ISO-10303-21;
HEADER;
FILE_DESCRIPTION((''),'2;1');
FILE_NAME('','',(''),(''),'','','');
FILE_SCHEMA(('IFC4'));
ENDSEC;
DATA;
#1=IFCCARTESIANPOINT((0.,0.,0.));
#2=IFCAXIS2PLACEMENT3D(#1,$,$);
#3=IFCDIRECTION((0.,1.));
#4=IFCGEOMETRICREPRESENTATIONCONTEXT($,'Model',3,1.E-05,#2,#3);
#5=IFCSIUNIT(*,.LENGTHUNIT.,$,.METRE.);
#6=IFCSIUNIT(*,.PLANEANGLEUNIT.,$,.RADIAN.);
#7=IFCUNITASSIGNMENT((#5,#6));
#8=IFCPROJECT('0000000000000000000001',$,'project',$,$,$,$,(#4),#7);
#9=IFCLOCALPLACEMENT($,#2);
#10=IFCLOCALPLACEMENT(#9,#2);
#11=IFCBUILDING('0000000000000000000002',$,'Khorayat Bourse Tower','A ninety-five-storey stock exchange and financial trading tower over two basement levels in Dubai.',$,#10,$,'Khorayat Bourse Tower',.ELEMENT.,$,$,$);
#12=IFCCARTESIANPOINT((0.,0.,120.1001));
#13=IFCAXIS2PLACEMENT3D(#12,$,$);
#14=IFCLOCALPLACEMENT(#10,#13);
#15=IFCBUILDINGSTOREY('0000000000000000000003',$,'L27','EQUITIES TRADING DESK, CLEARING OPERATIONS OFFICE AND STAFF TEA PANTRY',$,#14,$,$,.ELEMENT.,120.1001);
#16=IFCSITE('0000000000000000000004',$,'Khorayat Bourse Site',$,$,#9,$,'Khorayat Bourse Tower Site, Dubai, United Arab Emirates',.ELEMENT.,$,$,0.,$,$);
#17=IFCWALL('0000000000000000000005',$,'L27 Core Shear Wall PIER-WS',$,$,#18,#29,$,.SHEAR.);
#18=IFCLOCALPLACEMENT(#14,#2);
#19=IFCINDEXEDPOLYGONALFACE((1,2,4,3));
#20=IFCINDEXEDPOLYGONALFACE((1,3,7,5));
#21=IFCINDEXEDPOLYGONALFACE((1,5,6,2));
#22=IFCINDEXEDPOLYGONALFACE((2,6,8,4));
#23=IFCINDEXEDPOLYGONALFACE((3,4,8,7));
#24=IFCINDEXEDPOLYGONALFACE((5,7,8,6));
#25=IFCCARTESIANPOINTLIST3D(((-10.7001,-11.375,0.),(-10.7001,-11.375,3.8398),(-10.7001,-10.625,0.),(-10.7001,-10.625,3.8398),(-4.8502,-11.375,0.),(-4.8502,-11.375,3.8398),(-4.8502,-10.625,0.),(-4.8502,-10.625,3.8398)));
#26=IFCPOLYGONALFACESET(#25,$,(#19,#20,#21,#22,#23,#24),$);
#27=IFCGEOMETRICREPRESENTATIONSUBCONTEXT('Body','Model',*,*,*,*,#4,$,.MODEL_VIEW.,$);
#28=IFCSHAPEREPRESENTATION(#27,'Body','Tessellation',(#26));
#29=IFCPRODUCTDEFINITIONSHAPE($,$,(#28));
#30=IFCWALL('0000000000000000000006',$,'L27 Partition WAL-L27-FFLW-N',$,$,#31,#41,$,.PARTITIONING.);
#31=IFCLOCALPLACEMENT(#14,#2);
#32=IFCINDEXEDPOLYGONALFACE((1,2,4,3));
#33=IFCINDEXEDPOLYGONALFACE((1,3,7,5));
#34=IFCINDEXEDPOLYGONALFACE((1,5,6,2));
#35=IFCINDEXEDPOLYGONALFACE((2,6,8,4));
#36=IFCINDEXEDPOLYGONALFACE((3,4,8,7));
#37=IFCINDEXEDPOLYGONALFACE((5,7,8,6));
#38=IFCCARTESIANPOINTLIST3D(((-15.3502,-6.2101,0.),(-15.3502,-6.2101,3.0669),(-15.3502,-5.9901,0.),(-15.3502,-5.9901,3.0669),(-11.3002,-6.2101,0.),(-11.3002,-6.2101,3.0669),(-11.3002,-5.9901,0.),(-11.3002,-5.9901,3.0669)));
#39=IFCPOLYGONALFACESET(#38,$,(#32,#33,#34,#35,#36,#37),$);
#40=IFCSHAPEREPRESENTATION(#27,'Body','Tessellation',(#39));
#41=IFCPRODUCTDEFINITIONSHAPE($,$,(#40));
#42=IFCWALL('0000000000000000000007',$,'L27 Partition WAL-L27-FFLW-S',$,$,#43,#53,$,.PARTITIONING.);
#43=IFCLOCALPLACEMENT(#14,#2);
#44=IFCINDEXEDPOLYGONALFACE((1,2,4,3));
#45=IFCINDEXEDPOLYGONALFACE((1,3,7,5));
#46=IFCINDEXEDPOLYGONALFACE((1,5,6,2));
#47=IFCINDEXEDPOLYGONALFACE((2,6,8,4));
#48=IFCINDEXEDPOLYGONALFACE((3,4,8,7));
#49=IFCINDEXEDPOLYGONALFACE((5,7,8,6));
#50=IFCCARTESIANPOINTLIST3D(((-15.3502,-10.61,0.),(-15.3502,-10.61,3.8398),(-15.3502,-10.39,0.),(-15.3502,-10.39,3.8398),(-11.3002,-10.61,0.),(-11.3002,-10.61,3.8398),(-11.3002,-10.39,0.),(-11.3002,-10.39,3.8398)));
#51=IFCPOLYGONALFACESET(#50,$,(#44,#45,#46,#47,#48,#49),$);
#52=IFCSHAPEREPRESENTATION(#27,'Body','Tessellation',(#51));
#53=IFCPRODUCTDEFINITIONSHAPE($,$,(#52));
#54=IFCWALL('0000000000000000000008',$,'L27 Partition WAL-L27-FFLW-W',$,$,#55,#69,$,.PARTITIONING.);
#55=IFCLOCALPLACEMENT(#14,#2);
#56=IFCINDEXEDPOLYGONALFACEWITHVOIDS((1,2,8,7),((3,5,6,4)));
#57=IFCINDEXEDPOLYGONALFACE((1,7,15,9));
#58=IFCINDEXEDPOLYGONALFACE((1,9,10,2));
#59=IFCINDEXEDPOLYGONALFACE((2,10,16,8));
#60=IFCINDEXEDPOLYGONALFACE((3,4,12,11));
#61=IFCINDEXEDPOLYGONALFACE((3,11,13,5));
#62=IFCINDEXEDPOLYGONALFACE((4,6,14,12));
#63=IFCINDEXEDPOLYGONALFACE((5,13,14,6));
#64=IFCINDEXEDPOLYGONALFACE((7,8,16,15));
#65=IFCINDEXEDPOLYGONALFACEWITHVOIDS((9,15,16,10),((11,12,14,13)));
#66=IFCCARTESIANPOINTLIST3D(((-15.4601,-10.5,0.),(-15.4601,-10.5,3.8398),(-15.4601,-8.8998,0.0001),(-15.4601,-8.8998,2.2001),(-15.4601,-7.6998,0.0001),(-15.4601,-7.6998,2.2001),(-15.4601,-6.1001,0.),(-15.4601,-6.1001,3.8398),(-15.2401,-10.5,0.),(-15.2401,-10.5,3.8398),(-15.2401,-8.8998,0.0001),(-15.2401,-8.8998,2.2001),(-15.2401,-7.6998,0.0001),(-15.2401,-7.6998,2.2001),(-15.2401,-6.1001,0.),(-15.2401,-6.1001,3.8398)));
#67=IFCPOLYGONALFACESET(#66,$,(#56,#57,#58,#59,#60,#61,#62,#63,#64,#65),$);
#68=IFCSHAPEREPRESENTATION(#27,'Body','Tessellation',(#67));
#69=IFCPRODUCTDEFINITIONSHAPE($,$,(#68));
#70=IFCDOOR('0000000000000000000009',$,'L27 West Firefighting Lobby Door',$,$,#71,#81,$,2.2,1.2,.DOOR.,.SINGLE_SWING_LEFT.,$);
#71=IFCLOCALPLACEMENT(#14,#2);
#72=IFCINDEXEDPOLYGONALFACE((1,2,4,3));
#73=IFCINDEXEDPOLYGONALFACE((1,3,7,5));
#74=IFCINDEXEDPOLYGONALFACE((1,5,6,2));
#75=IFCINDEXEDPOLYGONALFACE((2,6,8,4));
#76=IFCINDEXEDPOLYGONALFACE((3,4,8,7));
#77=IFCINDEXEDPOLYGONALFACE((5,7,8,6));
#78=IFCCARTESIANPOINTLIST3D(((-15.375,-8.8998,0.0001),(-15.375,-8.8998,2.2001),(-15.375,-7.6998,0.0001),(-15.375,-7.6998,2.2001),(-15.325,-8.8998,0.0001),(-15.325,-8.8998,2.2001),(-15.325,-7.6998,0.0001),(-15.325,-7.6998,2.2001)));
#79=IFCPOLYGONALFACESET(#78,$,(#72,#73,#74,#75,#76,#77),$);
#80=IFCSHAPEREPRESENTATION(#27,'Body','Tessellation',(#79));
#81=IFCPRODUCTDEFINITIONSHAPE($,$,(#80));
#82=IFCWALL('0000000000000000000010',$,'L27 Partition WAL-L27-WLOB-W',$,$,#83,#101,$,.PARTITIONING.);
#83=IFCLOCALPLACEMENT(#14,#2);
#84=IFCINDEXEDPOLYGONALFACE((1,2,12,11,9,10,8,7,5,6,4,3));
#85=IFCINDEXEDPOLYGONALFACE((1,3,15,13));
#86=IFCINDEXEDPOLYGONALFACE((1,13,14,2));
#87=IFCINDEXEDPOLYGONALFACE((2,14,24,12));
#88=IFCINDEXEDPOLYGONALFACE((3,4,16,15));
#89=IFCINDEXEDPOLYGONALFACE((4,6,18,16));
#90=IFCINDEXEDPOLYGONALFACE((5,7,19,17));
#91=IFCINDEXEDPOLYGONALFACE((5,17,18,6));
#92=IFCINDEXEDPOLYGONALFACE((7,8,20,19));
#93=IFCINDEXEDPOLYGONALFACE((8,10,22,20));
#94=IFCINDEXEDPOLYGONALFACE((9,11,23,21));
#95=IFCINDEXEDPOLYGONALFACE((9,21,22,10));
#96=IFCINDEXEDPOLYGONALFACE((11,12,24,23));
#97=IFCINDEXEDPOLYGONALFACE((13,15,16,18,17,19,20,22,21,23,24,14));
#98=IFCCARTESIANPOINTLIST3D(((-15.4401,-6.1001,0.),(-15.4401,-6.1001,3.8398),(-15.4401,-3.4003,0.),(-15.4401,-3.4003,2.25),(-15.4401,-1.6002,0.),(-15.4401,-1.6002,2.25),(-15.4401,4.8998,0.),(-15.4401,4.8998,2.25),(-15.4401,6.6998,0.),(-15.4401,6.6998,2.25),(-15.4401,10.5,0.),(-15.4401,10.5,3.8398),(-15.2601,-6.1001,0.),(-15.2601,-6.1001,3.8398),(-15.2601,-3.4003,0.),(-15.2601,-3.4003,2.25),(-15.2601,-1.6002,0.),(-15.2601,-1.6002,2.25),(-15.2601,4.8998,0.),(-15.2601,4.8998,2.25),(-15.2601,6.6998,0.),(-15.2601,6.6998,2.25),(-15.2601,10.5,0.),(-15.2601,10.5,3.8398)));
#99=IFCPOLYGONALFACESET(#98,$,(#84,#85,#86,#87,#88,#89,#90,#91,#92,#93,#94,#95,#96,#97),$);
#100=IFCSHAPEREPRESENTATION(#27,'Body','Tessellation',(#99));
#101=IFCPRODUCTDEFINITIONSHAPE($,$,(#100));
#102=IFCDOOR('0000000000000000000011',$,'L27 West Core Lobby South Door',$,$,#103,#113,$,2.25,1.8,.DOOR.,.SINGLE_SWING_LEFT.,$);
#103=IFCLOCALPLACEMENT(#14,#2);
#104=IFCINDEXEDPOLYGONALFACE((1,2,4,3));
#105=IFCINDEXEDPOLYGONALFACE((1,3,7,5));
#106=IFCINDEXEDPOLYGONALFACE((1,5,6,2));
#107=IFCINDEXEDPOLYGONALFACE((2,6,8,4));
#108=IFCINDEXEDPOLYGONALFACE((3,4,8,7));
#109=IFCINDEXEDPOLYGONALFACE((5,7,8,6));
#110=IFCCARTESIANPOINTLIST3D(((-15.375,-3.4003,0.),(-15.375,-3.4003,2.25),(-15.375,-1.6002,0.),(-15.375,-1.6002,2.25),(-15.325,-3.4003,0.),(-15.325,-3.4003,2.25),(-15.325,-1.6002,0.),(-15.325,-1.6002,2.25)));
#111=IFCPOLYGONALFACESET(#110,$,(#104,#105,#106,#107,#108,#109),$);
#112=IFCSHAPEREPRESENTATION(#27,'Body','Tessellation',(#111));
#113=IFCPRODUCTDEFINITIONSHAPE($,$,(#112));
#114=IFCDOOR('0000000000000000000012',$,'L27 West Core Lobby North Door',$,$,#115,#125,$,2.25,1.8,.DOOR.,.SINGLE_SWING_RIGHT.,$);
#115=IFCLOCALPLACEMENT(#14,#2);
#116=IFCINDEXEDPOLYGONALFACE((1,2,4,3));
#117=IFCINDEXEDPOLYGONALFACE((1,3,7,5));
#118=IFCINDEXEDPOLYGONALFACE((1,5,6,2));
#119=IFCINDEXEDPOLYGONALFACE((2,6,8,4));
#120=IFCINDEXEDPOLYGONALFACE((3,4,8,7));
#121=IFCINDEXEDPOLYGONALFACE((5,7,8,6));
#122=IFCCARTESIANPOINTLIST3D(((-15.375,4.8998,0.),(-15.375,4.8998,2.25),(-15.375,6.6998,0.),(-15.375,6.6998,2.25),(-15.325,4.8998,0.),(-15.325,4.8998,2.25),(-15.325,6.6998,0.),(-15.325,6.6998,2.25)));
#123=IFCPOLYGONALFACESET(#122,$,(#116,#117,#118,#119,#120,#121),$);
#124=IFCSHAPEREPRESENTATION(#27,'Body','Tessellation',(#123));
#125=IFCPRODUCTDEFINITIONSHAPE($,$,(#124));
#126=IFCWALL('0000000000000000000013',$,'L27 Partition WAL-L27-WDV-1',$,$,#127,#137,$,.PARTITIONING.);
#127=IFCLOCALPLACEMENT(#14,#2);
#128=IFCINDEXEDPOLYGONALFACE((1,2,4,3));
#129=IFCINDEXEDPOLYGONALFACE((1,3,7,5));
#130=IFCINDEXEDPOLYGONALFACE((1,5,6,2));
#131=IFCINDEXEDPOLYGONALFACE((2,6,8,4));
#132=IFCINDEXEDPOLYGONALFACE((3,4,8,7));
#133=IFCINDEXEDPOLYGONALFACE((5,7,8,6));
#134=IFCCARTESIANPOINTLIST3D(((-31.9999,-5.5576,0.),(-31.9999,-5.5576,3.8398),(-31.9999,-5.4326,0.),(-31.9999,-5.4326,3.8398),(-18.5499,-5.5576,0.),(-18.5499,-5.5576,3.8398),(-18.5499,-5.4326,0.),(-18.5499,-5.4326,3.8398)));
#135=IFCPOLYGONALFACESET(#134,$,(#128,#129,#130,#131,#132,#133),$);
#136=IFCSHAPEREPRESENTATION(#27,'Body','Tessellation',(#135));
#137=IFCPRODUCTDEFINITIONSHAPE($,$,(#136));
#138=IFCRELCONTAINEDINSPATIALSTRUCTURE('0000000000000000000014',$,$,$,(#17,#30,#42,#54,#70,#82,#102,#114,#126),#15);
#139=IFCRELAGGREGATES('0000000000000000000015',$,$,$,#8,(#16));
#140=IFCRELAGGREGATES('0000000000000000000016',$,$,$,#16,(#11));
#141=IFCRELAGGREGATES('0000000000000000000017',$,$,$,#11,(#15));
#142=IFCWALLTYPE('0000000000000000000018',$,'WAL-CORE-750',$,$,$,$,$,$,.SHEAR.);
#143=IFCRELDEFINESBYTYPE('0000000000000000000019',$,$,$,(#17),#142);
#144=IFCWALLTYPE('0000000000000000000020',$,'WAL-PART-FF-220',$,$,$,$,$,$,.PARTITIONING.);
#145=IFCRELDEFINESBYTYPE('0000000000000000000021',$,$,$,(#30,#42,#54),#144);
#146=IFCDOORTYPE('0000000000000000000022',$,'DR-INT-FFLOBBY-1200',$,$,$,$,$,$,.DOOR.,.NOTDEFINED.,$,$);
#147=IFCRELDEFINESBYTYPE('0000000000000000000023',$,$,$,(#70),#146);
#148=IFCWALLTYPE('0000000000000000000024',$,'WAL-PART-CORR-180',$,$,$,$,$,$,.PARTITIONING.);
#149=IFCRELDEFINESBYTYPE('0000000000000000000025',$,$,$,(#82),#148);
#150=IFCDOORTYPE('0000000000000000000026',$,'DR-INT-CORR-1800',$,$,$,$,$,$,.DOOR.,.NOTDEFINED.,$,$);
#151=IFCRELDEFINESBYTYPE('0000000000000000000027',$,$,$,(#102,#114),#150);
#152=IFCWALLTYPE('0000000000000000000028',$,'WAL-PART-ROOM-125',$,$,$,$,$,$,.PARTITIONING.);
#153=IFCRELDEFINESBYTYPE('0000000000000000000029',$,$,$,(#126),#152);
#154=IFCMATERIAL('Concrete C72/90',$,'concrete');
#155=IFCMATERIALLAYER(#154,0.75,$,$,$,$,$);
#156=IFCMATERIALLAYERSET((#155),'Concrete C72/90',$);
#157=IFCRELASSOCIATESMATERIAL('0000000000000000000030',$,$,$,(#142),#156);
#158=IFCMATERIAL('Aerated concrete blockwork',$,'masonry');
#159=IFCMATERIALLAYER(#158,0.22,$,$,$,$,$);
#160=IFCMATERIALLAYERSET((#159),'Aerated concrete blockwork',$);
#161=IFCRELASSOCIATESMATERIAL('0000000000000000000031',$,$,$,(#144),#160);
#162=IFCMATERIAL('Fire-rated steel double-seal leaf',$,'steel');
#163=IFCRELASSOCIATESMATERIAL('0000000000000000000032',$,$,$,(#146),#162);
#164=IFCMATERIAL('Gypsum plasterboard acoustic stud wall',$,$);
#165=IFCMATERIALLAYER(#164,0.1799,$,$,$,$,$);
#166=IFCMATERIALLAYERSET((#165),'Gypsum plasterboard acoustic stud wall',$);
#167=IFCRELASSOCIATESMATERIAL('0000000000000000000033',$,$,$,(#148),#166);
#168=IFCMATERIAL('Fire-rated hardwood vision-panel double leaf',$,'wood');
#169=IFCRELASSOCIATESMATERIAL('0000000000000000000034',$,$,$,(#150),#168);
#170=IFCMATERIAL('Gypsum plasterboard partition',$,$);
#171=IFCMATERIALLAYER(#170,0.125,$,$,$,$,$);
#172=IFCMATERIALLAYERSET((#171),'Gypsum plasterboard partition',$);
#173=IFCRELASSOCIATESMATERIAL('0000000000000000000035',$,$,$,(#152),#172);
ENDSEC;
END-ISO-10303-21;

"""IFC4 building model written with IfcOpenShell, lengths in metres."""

from ifc_helpers import new_model, si_unit, direction, frame, frame_2d, origin, place, context, subcontext, project, spatial, rectangle, extrude, source, transform, mapped, material, layer, layer_set, type_object, element, fill, save


model = new_model("IFC4")

# Units and contexts
model_context = context("Model", 3, precision=1e-05, world=origin(), true_north=direction((0.0, 1.0)))
body_context = subcontext(model_context, "Body", "Model", "MODEL_VIEW")
ifc_project = project(units=[si_unit("LENGTHUNIT", "METRE"), si_unit("PLANEANGLEUNIT", "RADIAN")], contexts=[model_context])

# Site, building, storey
site_placement = place(None, origin())
site = spatial("IfcSite", under=ifc_project, at=site_placement, Name="Khorayat Bourse Site", LongName="Khorayat Bourse Tower Site, Dubai, United Arab Emirates", CompositionType="ELEMENT", RefElevation=0.0)
building_placement = place(site_placement, origin())
building = spatial("IfcBuilding", under=site, at=building_placement, Name="Khorayat Bourse Tower", Description="A ninety-five-storey stock exchange and financial trading tower over two basement levels in Dubai.", LongName="Khorayat Bourse Tower", CompositionType="ELEMENT")
storey_placement = place(building_placement, frame((0.0, 0.0, 120.1001)))
storey = spatial("IfcBuildingStorey", under=building, at=storey_placement, Name="L27", Description="EQUITIES TRADING DESK, CLEARING OPERATIONS OFFICE AND STAFF TEA PANTRY", CompositionType="ELEMENT", Elevation=120.1001)

# Shared definitions
ifc_material_1 = material(Name="Concrete C72/90", Category="concrete")

# Walls
ifc_layer_1 = layer(ifc_material_1, 0.75)
ifc_layer_set_1 = layer_set([ifc_layer_1], Name="Concrete C72/90")
wall_type_1 = type_object("IfcWallType", Name="WAL-CORE-750", PredefinedType="SHEAR", material=ifc_layer_set_1)
shared_shape_1 = source(origin(), body_context, "Body", "SweptSolid", [
    extrude(rectangle(XDim=5.8499, YDim=0.75, at=frame_2d((2.9248, 0.0))), origin(), (0.0, 0.0, 1.0), 3.8398),
])
wall_1_placement = place(storey_placement, frame((-10.7, -11.0, 0.0), z_axis=(0.0, 0.0, 1.0), x_axis=(1.0, 0.0, 0.0)))
element("IfcWall", 1, at=wall_1_placement, inside=storey, type_object=wall_type_1, Name="L27 Core Shear Wall PIER-WS", PredefinedType="SHEAR", context=body_context, shape_type="MappedRepresentation", body=[
    mapped(shared_shape_1, transform((0.0, 0.0, 0.0), scale=1.0)),
])
ifc_material_2 = material(Name="Aerated concrete blockwork", Category="masonry")
ifc_layer_2 = layer(ifc_material_2, 0.22)
ifc_layer_set_2 = layer_set([ifc_layer_2], Name="Aerated concrete blockwork")
wall_type_2 = type_object("IfcWallType", Name="WAL-PART-FF-220", PredefinedType="PARTITIONING", material=ifc_layer_set_2)
shared_shape_2 = source(origin(), body_context, "Body", "SweptSolid", [
    extrude(rectangle(XDim=4.05, YDim=0.22, at=frame_2d((2.0249, 0.0))), origin(), (0.0, 0.0, 1.0), 3.0669),
])
wall_2_placement = place(storey_placement, frame((-15.3501, -6.1001, 0.0), z_axis=(0.0, 0.0, 1.0), x_axis=(1.0, 0.0, 0.0)))
element("IfcWall", 2, at=wall_2_placement, inside=storey, type_object=wall_type_2, Name="L27 Partition WAL-L27-FFLW-N", PredefinedType="PARTITIONING", context=body_context, shape_type="MappedRepresentation", body=[
    mapped(shared_shape_2, transform((0.0, 0.0, 0.0), scale=1.0)),
])
shared_shape_3 = source(origin(), body_context, "Body", "SweptSolid", [
    extrude(rectangle(XDim=4.05, YDim=0.22, at=frame_2d((2.0249, 0.0))), origin(), (0.0, 0.0, 1.0), 3.8398),
])
wall_3_placement = place(storey_placement, frame((-15.3501, -10.5, 0.0), z_axis=(0.0, 0.0, 1.0), x_axis=(1.0, 0.0, 0.0)))
element("IfcWall", 3, at=wall_3_placement, inside=storey, type_object=wall_type_2, Name="L27 Partition WAL-L27-FFLW-S", PredefinedType="PARTITIONING", context=body_context, shape_type="MappedRepresentation", body=[
    mapped(shared_shape_3, transform((0.0, 0.0, 0.0), scale=1.0)),
])

# Wall, opening, door
shared_shape_4 = source(origin(), body_context, "Body", "SweptSolid", [
    extrude(rectangle(XDim=4.3999, YDim=0.22, at=frame_2d((2.2, 0.0))), origin(), (0.0, 0.0, 1.0), 3.8398),
])
wall_4_placement = place(storey_placement, frame((-15.3501, -10.5, 0.0), z_axis=(0.0, 0.0, 1.0), x_axis=(0.0, 1.0, 0.0)))
wall_4 = element("IfcWall", 4, at=wall_4_placement, inside=storey, type_object=wall_type_2, Name="L27 Partition WAL-L27-FFLW-W", PredefinedType="PARTITIONING", context=body_context, shape_type="MappedRepresentation", body=[
    mapped(shared_shape_4, transform((0.0, 0.0, 0.0), scale=1.0)),
])
shared_shape_5 = source(origin(), body_context, "Body", "SweptSolid", [
    extrude(rectangle(XDim=1.2, YDim=2.2, at=frame_2d((0.6001, 1.1001))), frame((0.0, 0.1199, 0.0), z_axis=(0.0, -1.0, 0.0), x_axis=(1.0, 0.0, 0.0)), (0.0, 0.0, 1.0), 0.24),
])
opening_1_placement = place(wall_4_placement, frame((1.6001, 0.0, 0.0)))
opening_1 = element("IfcOpeningElement", 5, at=opening_1_placement, cuts=wall_4, PredefinedType="OPENING", context=body_context, shape_type="MappedRepresentation", body=[
    mapped(shared_shape_5, transform((0.0, 0.0, 0.0), scale=1.0)),
])
ifc_material_3 = material(Name="Fire-rated steel double-seal leaf", Category="steel")
door_type_1 = type_object("IfcDoorType", Name="DR-INT-FFLOBBY-1200", OperationType="NOTDEFINED", PredefinedType="DOOR", material=ifc_material_3)
shared_shape_6 = source(origin(), body_context, "Body", "SweptSolid", [
    extrude(rectangle(XDim=1.2, YDim=2.2, at=frame_2d((0.6001, 1.1001))), frame((0.0, 0.0249, 0.0), z_axis=(0.0, -1.0, 0.0), x_axis=(1.0, 0.0, 0.0)), (0.0, 0.0, 1.0), 0.05),
])
door_1_placement = place(opening_1_placement, origin())
door_1 = element("IfcDoor", 6, at=door_1_placement, inside=storey, type_object=door_type_1, Name="L27 West Firefighting Lobby Door", OperationType="SINGLE_SWING_LEFT", OverallHeight=2.2, OverallWidth=1.2, PredefinedType="DOOR", context=body_context, shape_type="MappedRepresentation", body=[
    mapped(shared_shape_6, transform((0.0, 0.0, 0.0), scale=1.0)),
])
fill(opening_1, door_1)

# Wall, openings, doors
ifc_material_4 = material(Name="Gypsum plasterboard acoustic stud wall")
ifc_layer_3 = layer(ifc_material_4, 0.1799)
ifc_layer_set_3 = layer_set([ifc_layer_3], Name="Gypsum plasterboard acoustic stud wall")
wall_type_3 = type_object("IfcWallType", Name="WAL-PART-CORR-180", PredefinedType="PARTITIONING", material=ifc_layer_set_3)
shared_shape_7 = source(origin(), body_context, "Body", "SweptSolid", [
    extrude(rectangle(XDim=16.6001, YDim=0.1799, at=frame_2d((8.3, 0.0))), origin(), (0.0, 0.0, 1.0), 3.8398),
])
wall_5_placement = place(storey_placement, frame((-15.3501, -6.1001, 0.0), z_axis=(0.0, 0.0, 1.0), x_axis=(0.0, 1.0, 0.0)))
wall_5 = element("IfcWall", 7, at=wall_5_placement, inside=storey, type_object=wall_type_3, Name="L27 Partition WAL-L27-WLOB-W", PredefinedType="PARTITIONING", context=body_context, shape_type="MappedRepresentation", body=[
    mapped(shared_shape_7, transform((0.0, 0.0, 0.0), scale=1.0)),
])
shared_shape_8 = source(origin(), body_context, "Body", "SweptSolid", [
    extrude(rectangle(XDim=1.8, YDim=2.25, at=frame_2d((0.8999, 1.125))), frame((0.0, 0.0999, 0.0), z_axis=(0.0, -1.0, 0.0), x_axis=(1.0, 0.0, 0.0)), (0.0, 0.0, 1.0), 0.2),
])
opening_2_placement = place(wall_5_placement, frame((2.7, 0.0, 0.0)))
opening_2 = element("IfcOpeningElement", 8, at=opening_2_placement, cuts=wall_5, PredefinedType="OPENING", context=body_context, shape_type="MappedRepresentation", body=[
    mapped(shared_shape_8, transform((0.0, 0.0, 0.0), scale=1.0)),
])
opening_3_placement = place(wall_5_placement, frame((11.0, 0.0, 0.0)))
opening_3 = element("IfcOpeningElement", 9, at=opening_3_placement, cuts=wall_5, PredefinedType="OPENING", context=body_context, shape_type="MappedRepresentation", body=[
    mapped(shared_shape_8, transform((0.0, 0.0, 0.0), scale=1.0)),
])
ifc_material_5 = material(Name="Fire-rated hardwood vision-panel double leaf", Category="wood")
door_type_2 = type_object("IfcDoorType", Name="DR-INT-CORR-1800", OperationType="NOTDEFINED", PredefinedType="DOOR", material=ifc_material_5)
shared_shape_9 = source(origin(), body_context, "Body", "SweptSolid", [
    extrude(rectangle(XDim=1.8, YDim=2.25, at=frame_2d((0.8999, 1.125))), frame((0.0, 0.0249, 0.0), z_axis=(0.0, -1.0, 0.0), x_axis=(1.0, 0.0, 0.0)), (0.0, 0.0, 1.0), 0.05),
])
door_2_placement = place(opening_2_placement, origin())
door_2 = element("IfcDoor", 10, at=door_2_placement, inside=storey, type_object=door_type_2, Name="L27 West Core Lobby South Door", OperationType="SINGLE_SWING_LEFT", OverallHeight=2.25, OverallWidth=1.8, PredefinedType="DOOR", context=body_context, shape_type="MappedRepresentation", body=[
    mapped(shared_shape_9, transform((0.0, 0.0, 0.0), scale=1.0)),
])
fill(opening_2, door_2)
door_3_placement = place(opening_3_placement, origin())
door_3 = element("IfcDoor", 11, at=door_3_placement, inside=storey, type_object=door_type_2, Name="L27 West Core Lobby North Door", OperationType="SINGLE_SWING_RIGHT", OverallHeight=2.25, OverallWidth=1.8, PredefinedType="DOOR", context=body_context, shape_type="MappedRepresentation", body=[
    mapped(shared_shape_9, transform((0.0, 0.0, 0.0), scale=1.0)),
])
fill(opening_3, door_3)

# Wall
ifc_material_6 = material(Name="Gypsum plasterboard partition")
ifc_layer_4 = layer(ifc_material_6, 0.125)
ifc_layer_set_4 = layer_set([ifc_layer_4], Name="Gypsum plasterboard partition")
wall_type_4 = type_object("IfcWallType", Name="WAL-PART-ROOM-125", PredefinedType="PARTITIONING", material=ifc_layer_set_4)
shared_shape_10 = source(origin(), body_context, "Body", "SweptSolid", [
    extrude(rectangle(XDim=13.45, YDim=0.125, at=frame_2d((6.7251, 0.0))), origin(), (0.0, 0.0, 1.0), 3.8398),
])
wall_6_placement = place(storey_placement, frame((-32.0, -5.4951, 0.0), z_axis=(0.0, 0.0, 1.0), x_axis=(1.0, 0.0, 0.0)))
element("IfcWall", 12, at=wall_6_placement, inside=storey, type_object=wall_type_4, Name="L27 Partition WAL-L27-WDV-1", PredefinedType="PARTITIONING", context=body_context, shape_type="MappedRepresentation", body=[
    mapped(shared_shape_10, transform((0.0, 0.0, 0.0), scale=1.0)),
])

save(model, "model.ifc")
